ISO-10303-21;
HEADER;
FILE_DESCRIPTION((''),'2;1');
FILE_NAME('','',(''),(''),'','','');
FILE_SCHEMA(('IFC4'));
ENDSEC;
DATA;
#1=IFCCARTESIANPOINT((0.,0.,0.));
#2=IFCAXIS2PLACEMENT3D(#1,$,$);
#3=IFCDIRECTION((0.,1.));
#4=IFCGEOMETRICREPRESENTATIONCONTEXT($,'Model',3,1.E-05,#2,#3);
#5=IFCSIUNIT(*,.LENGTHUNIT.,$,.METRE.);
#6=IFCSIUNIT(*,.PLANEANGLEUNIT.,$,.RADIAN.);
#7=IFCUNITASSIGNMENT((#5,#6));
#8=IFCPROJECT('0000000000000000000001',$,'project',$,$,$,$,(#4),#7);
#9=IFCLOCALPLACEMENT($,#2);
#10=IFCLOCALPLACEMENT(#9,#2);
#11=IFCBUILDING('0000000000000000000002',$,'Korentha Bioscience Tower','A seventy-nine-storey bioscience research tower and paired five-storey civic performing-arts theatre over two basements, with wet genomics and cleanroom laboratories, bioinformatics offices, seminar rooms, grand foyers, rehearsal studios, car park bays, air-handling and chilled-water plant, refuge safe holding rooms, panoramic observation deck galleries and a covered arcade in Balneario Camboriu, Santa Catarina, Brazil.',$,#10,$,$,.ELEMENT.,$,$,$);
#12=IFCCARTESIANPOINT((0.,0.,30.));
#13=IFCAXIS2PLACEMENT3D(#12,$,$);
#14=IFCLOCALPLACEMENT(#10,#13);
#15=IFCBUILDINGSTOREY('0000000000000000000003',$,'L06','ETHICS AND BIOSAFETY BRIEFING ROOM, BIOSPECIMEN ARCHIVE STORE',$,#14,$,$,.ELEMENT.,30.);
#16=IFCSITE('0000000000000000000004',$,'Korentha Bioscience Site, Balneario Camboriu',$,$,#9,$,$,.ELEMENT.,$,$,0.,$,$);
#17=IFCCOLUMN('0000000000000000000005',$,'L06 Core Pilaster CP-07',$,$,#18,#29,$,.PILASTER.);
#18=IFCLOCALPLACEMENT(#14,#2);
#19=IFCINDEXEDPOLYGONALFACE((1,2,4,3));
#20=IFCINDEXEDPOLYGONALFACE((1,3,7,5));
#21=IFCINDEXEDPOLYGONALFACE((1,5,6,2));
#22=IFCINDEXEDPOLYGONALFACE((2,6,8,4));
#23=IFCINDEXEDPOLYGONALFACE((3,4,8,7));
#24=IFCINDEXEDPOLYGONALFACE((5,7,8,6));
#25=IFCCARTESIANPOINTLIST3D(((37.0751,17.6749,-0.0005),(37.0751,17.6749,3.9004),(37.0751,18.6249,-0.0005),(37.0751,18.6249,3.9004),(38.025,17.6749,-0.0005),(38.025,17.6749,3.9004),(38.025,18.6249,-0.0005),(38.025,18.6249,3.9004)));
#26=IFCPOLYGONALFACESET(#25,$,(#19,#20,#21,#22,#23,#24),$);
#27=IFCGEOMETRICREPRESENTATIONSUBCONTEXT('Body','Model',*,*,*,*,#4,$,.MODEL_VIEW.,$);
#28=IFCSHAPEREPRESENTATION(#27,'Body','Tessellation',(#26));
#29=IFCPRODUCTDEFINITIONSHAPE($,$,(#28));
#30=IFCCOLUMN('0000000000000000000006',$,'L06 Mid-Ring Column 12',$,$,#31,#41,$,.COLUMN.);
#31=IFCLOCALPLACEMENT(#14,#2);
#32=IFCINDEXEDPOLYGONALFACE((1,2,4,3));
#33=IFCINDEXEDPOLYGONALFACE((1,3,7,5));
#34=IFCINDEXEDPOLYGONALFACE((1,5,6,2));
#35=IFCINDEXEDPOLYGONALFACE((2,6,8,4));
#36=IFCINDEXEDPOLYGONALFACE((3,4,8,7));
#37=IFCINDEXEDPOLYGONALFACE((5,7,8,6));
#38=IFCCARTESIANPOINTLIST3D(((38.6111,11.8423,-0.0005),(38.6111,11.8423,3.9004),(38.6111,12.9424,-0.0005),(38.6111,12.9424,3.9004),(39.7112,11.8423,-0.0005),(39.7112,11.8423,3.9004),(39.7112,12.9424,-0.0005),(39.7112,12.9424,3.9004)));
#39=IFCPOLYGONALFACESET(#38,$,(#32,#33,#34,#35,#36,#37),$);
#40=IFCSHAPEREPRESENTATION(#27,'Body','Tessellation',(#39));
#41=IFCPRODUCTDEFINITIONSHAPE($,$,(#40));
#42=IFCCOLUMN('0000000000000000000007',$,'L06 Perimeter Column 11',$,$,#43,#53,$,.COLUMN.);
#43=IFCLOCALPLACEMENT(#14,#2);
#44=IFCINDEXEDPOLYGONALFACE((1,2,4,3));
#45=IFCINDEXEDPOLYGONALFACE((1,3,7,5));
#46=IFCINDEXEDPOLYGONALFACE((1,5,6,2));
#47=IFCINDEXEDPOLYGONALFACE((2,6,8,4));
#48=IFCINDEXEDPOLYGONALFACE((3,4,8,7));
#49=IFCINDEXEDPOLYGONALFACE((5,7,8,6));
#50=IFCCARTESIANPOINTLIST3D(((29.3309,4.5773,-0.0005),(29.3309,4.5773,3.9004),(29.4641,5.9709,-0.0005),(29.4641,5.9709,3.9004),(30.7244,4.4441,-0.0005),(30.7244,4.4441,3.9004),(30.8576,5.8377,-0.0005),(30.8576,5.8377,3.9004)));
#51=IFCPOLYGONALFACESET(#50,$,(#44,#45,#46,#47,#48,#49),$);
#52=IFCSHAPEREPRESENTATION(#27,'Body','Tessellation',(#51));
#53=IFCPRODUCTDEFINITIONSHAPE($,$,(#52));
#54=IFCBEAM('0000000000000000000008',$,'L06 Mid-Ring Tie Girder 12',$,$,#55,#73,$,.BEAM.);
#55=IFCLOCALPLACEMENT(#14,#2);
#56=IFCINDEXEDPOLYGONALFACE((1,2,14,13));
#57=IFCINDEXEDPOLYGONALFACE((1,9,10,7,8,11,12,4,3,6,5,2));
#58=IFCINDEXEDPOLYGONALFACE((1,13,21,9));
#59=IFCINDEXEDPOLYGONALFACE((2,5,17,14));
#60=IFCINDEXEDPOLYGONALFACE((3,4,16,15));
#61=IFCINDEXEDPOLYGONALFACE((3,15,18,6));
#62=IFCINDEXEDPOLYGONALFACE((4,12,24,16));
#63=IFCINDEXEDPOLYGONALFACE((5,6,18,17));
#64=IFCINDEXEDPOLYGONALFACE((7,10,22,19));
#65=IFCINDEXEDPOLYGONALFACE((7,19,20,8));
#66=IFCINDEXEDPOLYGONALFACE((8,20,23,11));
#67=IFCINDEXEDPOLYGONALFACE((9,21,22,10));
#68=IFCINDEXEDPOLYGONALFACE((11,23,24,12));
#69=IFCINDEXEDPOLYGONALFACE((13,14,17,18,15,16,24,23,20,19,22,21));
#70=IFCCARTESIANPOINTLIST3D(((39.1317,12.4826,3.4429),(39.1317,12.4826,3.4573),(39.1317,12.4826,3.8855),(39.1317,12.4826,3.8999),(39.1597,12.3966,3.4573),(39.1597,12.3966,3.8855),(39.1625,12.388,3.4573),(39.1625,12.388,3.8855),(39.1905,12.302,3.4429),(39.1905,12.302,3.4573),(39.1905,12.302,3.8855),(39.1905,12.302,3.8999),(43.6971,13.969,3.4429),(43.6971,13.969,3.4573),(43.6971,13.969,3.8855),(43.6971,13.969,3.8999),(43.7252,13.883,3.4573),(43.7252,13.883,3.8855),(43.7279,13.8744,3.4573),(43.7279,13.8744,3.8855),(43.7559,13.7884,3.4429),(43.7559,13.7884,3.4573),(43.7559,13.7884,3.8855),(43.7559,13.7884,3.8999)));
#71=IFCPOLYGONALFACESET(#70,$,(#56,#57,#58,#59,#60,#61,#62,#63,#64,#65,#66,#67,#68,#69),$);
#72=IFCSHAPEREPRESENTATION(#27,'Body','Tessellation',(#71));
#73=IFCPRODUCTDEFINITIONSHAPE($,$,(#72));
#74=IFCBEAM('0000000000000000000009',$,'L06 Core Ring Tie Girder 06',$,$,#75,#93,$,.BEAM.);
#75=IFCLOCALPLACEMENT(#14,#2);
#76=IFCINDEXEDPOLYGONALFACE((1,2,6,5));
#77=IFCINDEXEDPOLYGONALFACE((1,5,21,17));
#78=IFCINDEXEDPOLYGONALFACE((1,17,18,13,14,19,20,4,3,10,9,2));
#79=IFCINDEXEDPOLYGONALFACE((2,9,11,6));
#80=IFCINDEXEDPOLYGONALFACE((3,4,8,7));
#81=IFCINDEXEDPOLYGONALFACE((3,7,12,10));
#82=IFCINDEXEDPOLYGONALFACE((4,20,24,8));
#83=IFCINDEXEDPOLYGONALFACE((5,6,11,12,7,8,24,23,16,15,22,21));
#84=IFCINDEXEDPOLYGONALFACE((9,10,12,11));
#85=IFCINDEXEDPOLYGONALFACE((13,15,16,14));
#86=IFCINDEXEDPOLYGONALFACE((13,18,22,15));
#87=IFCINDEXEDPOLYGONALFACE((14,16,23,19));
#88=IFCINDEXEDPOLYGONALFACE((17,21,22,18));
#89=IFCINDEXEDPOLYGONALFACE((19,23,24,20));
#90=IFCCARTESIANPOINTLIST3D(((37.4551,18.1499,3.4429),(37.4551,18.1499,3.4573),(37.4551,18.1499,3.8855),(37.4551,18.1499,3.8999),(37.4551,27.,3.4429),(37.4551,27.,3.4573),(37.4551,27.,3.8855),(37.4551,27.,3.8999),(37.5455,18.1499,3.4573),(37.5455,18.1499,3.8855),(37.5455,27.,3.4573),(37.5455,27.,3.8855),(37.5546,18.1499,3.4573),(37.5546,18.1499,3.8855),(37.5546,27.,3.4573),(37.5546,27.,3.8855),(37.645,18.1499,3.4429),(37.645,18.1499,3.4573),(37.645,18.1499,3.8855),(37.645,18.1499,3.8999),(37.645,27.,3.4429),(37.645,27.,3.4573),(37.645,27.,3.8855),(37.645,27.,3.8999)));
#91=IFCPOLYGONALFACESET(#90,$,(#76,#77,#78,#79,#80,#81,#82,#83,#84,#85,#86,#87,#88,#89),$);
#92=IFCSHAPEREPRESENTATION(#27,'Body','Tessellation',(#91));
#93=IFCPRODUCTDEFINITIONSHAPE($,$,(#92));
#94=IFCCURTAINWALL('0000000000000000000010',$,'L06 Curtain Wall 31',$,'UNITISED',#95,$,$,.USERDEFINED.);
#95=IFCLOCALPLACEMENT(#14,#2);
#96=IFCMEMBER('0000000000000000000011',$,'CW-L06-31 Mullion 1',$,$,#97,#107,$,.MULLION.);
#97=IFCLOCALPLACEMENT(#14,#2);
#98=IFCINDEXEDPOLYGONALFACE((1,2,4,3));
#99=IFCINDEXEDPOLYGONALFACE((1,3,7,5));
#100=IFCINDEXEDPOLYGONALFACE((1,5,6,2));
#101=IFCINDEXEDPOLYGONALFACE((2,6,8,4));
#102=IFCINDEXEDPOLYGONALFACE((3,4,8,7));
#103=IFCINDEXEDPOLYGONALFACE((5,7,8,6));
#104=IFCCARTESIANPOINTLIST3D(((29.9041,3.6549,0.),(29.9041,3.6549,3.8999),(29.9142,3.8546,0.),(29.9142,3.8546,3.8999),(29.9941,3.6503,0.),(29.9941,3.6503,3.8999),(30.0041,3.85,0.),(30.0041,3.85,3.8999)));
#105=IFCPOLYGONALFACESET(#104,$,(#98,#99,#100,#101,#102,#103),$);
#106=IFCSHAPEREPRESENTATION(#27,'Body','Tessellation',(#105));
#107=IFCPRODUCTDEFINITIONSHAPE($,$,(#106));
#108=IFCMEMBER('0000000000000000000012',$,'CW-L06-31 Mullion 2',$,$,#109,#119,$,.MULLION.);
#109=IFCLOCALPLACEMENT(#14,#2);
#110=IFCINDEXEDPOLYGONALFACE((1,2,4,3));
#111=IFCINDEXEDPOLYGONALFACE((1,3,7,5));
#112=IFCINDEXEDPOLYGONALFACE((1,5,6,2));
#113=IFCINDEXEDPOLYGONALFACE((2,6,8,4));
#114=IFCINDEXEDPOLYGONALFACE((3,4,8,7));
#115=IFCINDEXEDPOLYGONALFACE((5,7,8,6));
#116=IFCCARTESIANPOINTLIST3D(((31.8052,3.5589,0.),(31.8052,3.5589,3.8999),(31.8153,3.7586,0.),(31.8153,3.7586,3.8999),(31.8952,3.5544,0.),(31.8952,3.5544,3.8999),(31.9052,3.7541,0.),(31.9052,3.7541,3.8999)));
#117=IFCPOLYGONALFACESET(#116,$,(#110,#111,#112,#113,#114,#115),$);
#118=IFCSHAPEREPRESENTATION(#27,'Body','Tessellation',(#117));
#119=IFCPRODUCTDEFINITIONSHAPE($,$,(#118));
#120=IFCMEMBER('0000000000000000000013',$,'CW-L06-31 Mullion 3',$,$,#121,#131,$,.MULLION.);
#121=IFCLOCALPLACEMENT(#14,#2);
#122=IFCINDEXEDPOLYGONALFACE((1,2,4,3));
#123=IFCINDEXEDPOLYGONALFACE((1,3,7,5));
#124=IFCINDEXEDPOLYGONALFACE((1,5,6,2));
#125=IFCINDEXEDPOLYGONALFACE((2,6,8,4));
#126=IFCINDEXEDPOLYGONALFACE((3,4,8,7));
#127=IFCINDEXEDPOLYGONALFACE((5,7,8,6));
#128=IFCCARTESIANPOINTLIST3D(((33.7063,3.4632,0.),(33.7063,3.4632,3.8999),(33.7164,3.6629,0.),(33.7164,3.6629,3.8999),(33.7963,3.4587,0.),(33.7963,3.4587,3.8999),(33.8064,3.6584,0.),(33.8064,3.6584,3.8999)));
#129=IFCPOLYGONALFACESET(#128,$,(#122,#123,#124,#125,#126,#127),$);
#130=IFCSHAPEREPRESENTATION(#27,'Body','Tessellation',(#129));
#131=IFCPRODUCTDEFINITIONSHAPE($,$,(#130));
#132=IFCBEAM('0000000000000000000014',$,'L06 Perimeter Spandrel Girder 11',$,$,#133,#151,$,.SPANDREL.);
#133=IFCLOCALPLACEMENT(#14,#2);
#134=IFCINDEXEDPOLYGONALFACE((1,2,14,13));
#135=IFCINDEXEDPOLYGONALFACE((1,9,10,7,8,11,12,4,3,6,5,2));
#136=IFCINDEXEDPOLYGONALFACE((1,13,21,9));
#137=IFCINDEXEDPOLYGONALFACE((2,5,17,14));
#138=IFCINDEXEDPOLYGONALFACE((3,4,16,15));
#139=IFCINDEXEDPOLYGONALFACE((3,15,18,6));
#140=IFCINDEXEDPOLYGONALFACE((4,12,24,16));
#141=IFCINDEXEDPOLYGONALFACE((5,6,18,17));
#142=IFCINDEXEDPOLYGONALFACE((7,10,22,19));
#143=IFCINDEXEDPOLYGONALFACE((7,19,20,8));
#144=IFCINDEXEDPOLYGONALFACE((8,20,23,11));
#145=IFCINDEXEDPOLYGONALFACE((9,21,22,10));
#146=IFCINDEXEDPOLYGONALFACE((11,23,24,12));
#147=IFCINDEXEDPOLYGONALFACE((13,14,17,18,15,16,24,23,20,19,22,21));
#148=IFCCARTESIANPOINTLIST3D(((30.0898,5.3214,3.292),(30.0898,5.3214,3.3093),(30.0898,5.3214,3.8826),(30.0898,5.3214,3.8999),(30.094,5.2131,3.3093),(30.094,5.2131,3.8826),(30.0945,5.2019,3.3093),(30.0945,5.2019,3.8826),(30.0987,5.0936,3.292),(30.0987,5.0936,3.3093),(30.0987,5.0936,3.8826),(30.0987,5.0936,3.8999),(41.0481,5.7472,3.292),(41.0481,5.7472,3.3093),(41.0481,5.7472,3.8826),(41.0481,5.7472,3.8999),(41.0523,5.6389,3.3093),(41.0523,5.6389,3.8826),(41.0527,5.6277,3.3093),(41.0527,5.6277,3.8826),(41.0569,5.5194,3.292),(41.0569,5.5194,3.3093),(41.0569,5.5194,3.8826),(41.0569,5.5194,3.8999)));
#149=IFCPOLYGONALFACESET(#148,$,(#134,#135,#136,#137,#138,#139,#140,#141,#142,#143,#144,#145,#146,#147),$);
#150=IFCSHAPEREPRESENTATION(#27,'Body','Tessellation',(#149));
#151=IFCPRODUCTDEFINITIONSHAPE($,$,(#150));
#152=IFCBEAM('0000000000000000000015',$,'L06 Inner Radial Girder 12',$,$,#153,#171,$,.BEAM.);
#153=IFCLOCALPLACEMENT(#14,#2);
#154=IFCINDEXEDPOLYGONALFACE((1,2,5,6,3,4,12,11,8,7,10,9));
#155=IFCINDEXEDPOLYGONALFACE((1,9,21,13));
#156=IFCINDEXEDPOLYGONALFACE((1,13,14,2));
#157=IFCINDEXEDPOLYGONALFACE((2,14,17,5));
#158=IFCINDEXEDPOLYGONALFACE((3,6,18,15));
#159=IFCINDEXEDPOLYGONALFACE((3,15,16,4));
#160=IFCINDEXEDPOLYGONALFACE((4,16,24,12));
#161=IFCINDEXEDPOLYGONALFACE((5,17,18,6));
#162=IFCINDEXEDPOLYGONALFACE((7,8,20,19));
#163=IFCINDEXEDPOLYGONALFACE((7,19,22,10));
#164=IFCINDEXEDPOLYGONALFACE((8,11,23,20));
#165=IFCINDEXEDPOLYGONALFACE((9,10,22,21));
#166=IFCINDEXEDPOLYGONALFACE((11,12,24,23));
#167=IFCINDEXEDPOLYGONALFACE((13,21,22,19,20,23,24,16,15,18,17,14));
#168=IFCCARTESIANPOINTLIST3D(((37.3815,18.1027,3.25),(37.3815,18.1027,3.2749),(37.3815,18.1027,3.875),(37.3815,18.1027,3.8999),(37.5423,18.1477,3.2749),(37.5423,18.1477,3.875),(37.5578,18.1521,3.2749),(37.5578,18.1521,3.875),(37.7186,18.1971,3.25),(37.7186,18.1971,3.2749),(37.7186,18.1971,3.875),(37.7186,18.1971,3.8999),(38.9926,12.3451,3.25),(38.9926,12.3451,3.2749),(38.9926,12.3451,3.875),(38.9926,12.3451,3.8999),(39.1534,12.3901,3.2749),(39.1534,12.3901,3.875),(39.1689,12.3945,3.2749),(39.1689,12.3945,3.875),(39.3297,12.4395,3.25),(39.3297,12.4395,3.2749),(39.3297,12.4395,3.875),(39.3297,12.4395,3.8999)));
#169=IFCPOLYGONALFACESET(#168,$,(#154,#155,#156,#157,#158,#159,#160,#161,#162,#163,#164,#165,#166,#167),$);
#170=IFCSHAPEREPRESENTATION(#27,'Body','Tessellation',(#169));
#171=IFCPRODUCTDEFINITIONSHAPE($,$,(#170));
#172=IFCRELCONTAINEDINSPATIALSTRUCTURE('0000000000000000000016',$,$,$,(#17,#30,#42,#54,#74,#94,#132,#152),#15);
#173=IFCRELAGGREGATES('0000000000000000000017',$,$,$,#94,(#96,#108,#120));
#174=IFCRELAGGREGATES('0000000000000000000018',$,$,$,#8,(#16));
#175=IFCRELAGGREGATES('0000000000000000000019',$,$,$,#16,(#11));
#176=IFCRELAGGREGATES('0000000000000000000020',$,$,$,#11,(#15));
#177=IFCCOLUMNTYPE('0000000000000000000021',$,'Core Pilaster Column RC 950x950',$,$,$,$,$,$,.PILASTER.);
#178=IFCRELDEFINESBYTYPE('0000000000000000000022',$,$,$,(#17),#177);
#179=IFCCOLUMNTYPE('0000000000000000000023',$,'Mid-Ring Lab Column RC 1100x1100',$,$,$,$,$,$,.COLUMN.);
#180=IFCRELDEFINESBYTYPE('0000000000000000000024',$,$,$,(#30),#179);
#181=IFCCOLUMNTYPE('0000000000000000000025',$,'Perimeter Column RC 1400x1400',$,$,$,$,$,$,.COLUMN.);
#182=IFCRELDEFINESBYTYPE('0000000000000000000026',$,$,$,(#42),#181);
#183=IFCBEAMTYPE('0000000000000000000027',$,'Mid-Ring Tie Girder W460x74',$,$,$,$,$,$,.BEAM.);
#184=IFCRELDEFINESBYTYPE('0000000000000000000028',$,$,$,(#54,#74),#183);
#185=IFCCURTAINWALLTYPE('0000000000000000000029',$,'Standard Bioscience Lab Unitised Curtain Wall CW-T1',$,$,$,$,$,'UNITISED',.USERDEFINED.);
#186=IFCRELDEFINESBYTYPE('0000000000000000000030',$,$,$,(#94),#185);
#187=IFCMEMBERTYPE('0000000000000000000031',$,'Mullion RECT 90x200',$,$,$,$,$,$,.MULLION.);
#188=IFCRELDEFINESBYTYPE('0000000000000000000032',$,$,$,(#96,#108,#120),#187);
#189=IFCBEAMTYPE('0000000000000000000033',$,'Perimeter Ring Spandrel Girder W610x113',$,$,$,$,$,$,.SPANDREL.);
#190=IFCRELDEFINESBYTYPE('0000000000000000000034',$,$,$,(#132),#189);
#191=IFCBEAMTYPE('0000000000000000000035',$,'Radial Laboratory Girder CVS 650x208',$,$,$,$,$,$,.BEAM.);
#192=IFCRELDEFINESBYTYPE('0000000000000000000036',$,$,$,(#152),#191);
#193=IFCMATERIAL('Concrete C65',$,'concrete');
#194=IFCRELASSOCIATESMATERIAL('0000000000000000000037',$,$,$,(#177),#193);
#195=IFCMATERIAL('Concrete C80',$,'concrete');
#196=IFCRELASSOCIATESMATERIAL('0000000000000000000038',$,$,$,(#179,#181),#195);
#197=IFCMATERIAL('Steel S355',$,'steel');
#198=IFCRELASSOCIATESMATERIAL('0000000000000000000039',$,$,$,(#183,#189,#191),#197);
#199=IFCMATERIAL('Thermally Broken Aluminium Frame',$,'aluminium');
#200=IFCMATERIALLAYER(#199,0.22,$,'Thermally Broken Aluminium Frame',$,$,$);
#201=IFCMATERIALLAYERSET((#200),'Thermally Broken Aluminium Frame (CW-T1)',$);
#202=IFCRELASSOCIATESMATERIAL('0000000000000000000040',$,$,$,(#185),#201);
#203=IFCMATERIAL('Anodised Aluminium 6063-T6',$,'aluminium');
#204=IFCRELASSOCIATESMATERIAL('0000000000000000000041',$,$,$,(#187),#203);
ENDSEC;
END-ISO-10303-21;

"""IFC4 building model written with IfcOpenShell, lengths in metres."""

from ifc_helpers import new_model, si_unit, direction, frame, origin, origin_2d, place, context, subcontext, project, spatial, rectangle, i_section, extrude, material, layer, layer_set, material_profile, profile_set, type_object, element, aggregate, save


model = new_model("IFC4")

# Units and contexts
model_context = context("Model", 3, precision=1e-05, world=origin(), true_north=direction((0.0, 1.0)))
body_context = subcontext(model_context, "Body", "Model", "MODEL_VIEW")
ifc_project = project(units=[si_unit("LENGTHUNIT", "METRE"), si_unit("PLANEANGLEUNIT", "RADIAN")], contexts=[model_context])

# Site, building, storey
site_placement = place(None, origin())
site = spatial("IfcSite", under=ifc_project, at=site_placement, Name="Korentha Bioscience Site, Balneario Camboriu", CompositionType="ELEMENT", RefElevation=0.0)
building_placement = place(site_placement, origin())
building = spatial("IfcBuilding", under=site, at=building_placement, Name="Korentha Bioscience Tower", Description="A seventy-nine-storey bioscience research tower and paired five-storey civic performing-arts theatre over two basements, with wet genomics and cleanroom laboratories, bioinformatics offices, seminar rooms, grand foyers, rehearsal studios, car park bays, air-handling and chilled-water plant, refuge safe holding rooms, panoramic observation deck galleries and a covered arcade in Balneario Camboriu, Santa Catarina, Brazil.", CompositionType="ELEMENT")
storey_placement = place(building_placement, frame((0.0, 0.0, 30.0)))
storey = spatial("IfcBuildingStorey", under=building, at=storey_placement, Name="L06", Description="ETHICS AND BIOSAFETY BRIEFING ROOM, BIOSPECIMEN ARCHIVE STORE", CompositionType="ELEMENT", Elevation=30.0)

# Columns
ifc_material_1 = material(Name="Concrete C65", Category="concrete")
ifc_material_profile_1 = material_profile(ifc_material_1, rectangle(XDim=0.95, YDim=0.95, at=origin_2d()), Name="Concrete C65")
ifc_profile_set_1 = profile_set([ifc_material_profile_1], Name="Concrete C65 (COL-CP09)")
column_type_1 = type_object("IfcColumnType", Name="Core Pilaster Column RC 950x950", PredefinedType="PILASTER", material=ifc_profile_set_1)
column_1_placement = place(storey_placement, frame((37.55, 18.1499, -0.0005), z_axis=(0.0, 0.0, 1.0), x_axis=(1.0, 0.0, 0.0)))
element("IfcColumn", 1, at=column_1_placement, inside=storey, type_object=column_type_1, Name="L06 Core Pilaster CP-07", PredefinedType="PILASTER", context=body_context, shape_type="SweptSolid", body=[
    extrude(rectangle(XDim=0.95, YDim=0.95, at=origin_2d()), origin(), (0.0, 0.0, 1.0), 3.9009),
])
ifc_material_2 = material(Name="Concrete C80", Category="concrete")
ifc_material_profile_2 = material_profile(ifc_material_2, rectangle(XDim=1.1001, YDim=1.1001, at=origin_2d()), Name="Concrete C80")
ifc_profile_set_2 = profile_set([ifc_material_profile_2], Name="Concrete C80 (COL-MR11)")
column_type_2 = type_object("IfcColumnType", Name="Mid-Ring Lab Column RC 1100x1100", PredefinedType="COLUMN", material=ifc_profile_set_2)
column_2_placement = place(storey_placement, frame((39.1611, 12.3923, -0.0005), z_axis=(0.0, 0.0, 1.0), x_axis=(1.0, 0.0, 0.0)))
element("IfcColumn", 2, at=column_2_placement, inside=storey, type_object=column_type_2, Name="L06 Mid-Ring Column 12", PredefinedType="COLUMN", context=body_context, shape_type="SweptSolid", body=[
    extrude(rectangle(XDim=1.1001, YDim=1.1001, at=origin_2d()), origin(), (0.0, 0.0, 1.0), 3.9009),
])
ifc_material_profile_3 = material_profile(ifc_material_2, rectangle(XDim=1.3999, YDim=1.3999, at=origin_2d()), Name="Concrete C80")
ifc_profile_set_3 = profile_set([ifc_material_profile_3], Name="Concrete C80 (COL-P14)")
column_type_3 = type_object("IfcColumnType", Name="Perimeter Column RC 1400x1400", PredefinedType="COLUMN", material=ifc_profile_set_3)
column_3_placement = place(storey_placement, frame((30.0942, 5.2075, -0.0005), z_axis=(0.0, 0.0, 1.0), x_axis=(-0.995463, 0.095151, 0.0)))
element("IfcColumn", 3, at=column_3_placement, inside=storey, type_object=column_type_3, Name="L06 Perimeter Column 11", PredefinedType="COLUMN", context=body_context, shape_type="SweptSolid", body=[
    extrude(rectangle(XDim=1.3999, YDim=1.3999, at=origin_2d()), origin(), (0.0, 0.0, 1.0), 3.9009),
])

# Beams
ifc_material_3 = material(Name="Steel S355", Category="steel")
ifc_material_profile_4 = material_profile(ifc_material_3, i_section(OverallWidth=0.1899, OverallDepth=0.457, WebThickness=0.009, FlangeThickness=0.0144, at=origin_2d()), Name="Steel S355")
ifc_profile_set_4 = profile_set([ifc_material_profile_4], Name="Steel S355 (MB-460)")
beam_type_1 = type_object("IfcBeamType", Name="Mid-Ring Tie Girder W460x74", PredefinedType="BEAM", material=ifc_profile_set_4)
beam_1_placement = place(storey_placement, frame((39.1611, 12.3923, 3.6714), z_axis=(0.950877, 0.309569, 0.0), x_axis=(-0.309569, 0.950877, 0.0)))
element("IfcBeam", 4, at=beam_1_placement, inside=storey, type_object=beam_type_1, Name="L06 Mid-Ring Tie Girder 12", PredefinedType="BEAM", context=body_context, shape_type="SweptSolid", body=[
    extrude(i_section(OverallWidth=0.1899, OverallDepth=0.457, WebThickness=0.009, FlangeThickness=0.0144, at=origin_2d()), origin(), (0.0, 0.0, 1.0), 4.8013),
])
beam_2_placement = place(storey_placement, frame((37.55, 18.1499, 3.6714), z_axis=(0.0, 1.0, 0.0), x_axis=(-1.0, 0.0, 0.0)))
element("IfcBeam", 5, at=beam_2_placement, inside=storey, type_object=beam_type_1, Name="L06 Core Ring Tie Girder 06", PredefinedType="BEAM", context=body_context, shape_type="SweptSolid", body=[
    extrude(i_section(OverallWidth=0.1899, OverallDepth=0.457, WebThickness=0.009, FlangeThickness=0.0144, at=origin_2d()), origin(), (0.0, 0.0, 1.0), 8.8501),
])

# Curtain wall, members
ifc_material_4 = material(Name="Thermally Broken Aluminium Frame", Category="aluminium")
ifc_layer_1 = layer(ifc_material_4, 0.22, Name="Thermally Broken Aluminium Frame")
ifc_layer_set_1 = layer_set([ifc_layer_1], Name="Thermally Broken Aluminium Frame (CW-T1)")
curtain_wall_type = type_object("IfcCurtainWallType", Name="Standard Bioscience Lab Unitised Curtain Wall CW-T1", ElementType="UNITISED", PredefinedType="USERDEFINED", material=ifc_layer_set_1)
curtain_wall_placement = place(storey_placement, origin())
curtain_wall = element("IfcCurtainWall", 6, at=curtain_wall_placement, inside=storey, type_object=curtain_wall_type, Name="L06 Curtain Wall 31", ObjectType="UNITISED", PredefinedType="USERDEFINED")
ifc_material_5 = material(Name="Anodised Aluminium 6063-T6", Category="aluminium")
ifc_material_profile_5 = material_profile(ifc_material_5, rectangle(XDim=0.0901, YDim=0.2, at=origin_2d()), Name="Anodised Aluminium 6063-T6")
ifc_profile_set_5 = profile_set([ifc_material_profile_5], Name="Anodised Aluminium 6063-T6 (CW-MUL)")
member_type_1 = type_object("IfcMemberType", Name="Mullion RECT 90x200", PredefinedType="MULLION", material=ifc_profile_set_5)
member_1_placement = place(storey_placement, frame((29.9541, 3.7524, 0.0), z_axis=(0.0, 0.0, 1.0), x_axis=(0.998731, -0.050371, 0.0)))
member_1 = element("IfcMember", 7, at=member_1_placement, type_object=member_type_1, Name="CW-L06-31 Mullion 1", PredefinedType="MULLION", context=body_context, shape_type="SweptSolid", body=[
    extrude(rectangle(XDim=0.0901, YDim=0.2, at=origin_2d()), origin(), (0.0, 0.0, 1.0), 3.8999),
])
member_2_placement = place(storey_placement, frame((31.8552, 3.6565, 0.0), z_axis=(0.0, 0.0, 1.0), x_axis=(0.998731, -0.050371, 0.0)))
member_2 = element("IfcMember", 8, at=member_2_placement, type_object=member_type_1, Name="CW-L06-31 Mullion 2", PredefinedType="MULLION", context=body_context, shape_type="SweptSolid", body=[
    extrude(rectangle(XDim=0.0901, YDim=0.2, at=origin_2d()), origin(), (0.0, 0.0, 1.0), 3.8999),
])
member_3_placement = place(storey_placement, frame((33.7563, 3.5608, 0.0), z_axis=(0.0, 0.0, 1.0), x_axis=(0.998731, -0.050371, 0.0)))
member_3 = element("IfcMember", 9, at=member_3_placement, type_object=member_type_1, Name="CW-L06-31 Mullion 3", PredefinedType="MULLION", context=body_context, shape_type="SweptSolid", body=[
    extrude(rectangle(XDim=0.0901, YDim=0.2, at=origin_2d()), origin(), (0.0, 0.0, 1.0), 3.8999),
])

# Beams
ifc_material_profile_6 = material_profile(ifc_material_3, i_section(OverallWidth=0.228, OverallDepth=0.6079, WebThickness=0.0112, FlangeThickness=0.0173, at=origin_2d()), Name="Steel S355")
ifc_profile_set_6 = profile_set([ifc_material_profile_6], Name="Steel S355 (SB-610)")
beam_type_2 = type_object("IfcBeamType", Name="Perimeter Ring Spandrel Girder W610x113", PredefinedType="SPANDREL", material=ifc_profile_set_6)
beam_3_placement = place(storey_placement, frame((30.0942, 5.2075, 3.5959), z_axis=(0.999246, 0.038826, 0.0), x_axis=(-0.038826, 0.999246, 0.0)))
element("IfcBeam", 10, at=beam_3_placement, inside=storey, type_object=beam_type_2, Name="L06 Perimeter Spandrel Girder 11", PredefinedType="SPANDREL", context=body_context, shape_type="SweptSolid", body=[
    extrude(i_section(OverallWidth=0.228, OverallDepth=0.6079, WebThickness=0.0112, FlangeThickness=0.0173, at=origin_2d()), origin(), (0.0, 0.0, 1.0), 10.9666),
])
ifc_material_profile_7 = material_profile(ifc_material_3, i_section(OverallWidth=0.3501, OverallDepth=0.6499, WebThickness=0.0161, FlangeThickness=0.0249, at=origin_2d()), Name="Steel S355")
ifc_profile_set_7 = profile_set([ifc_material_profile_7], Name="Steel S355 (RB-650)")
beam_type_3 = type_object("IfcBeamType", Name="Radial Laboratory Girder CVS 650x208", PredefinedType="BEAM", material=ifc_profile_set_7)
beam_4_placement = place(storey_placement, frame((37.55, 18.1499, 3.575), z_axis=(0.269469, -0.963009, 0.0), x_axis=(0.963009, 0.269469, 0.0)))
element("IfcBeam", 11, at=beam_4_placement, inside=storey, type_object=beam_type_3, Name="L06 Inner Radial Girder 12", PredefinedType="BEAM", context=body_context, shape_type="SweptSolid", body=[
    extrude(i_section(OverallWidth=0.3501, OverallDepth=0.6499, WebThickness=0.0161, FlangeThickness=0.0249, at=origin_2d()), origin(), (0.0, 0.0, 1.0), 5.9788),
])

aggregate(curtain_wall, [member_1, member_2, member_3])

save(model, "model.ifc")
